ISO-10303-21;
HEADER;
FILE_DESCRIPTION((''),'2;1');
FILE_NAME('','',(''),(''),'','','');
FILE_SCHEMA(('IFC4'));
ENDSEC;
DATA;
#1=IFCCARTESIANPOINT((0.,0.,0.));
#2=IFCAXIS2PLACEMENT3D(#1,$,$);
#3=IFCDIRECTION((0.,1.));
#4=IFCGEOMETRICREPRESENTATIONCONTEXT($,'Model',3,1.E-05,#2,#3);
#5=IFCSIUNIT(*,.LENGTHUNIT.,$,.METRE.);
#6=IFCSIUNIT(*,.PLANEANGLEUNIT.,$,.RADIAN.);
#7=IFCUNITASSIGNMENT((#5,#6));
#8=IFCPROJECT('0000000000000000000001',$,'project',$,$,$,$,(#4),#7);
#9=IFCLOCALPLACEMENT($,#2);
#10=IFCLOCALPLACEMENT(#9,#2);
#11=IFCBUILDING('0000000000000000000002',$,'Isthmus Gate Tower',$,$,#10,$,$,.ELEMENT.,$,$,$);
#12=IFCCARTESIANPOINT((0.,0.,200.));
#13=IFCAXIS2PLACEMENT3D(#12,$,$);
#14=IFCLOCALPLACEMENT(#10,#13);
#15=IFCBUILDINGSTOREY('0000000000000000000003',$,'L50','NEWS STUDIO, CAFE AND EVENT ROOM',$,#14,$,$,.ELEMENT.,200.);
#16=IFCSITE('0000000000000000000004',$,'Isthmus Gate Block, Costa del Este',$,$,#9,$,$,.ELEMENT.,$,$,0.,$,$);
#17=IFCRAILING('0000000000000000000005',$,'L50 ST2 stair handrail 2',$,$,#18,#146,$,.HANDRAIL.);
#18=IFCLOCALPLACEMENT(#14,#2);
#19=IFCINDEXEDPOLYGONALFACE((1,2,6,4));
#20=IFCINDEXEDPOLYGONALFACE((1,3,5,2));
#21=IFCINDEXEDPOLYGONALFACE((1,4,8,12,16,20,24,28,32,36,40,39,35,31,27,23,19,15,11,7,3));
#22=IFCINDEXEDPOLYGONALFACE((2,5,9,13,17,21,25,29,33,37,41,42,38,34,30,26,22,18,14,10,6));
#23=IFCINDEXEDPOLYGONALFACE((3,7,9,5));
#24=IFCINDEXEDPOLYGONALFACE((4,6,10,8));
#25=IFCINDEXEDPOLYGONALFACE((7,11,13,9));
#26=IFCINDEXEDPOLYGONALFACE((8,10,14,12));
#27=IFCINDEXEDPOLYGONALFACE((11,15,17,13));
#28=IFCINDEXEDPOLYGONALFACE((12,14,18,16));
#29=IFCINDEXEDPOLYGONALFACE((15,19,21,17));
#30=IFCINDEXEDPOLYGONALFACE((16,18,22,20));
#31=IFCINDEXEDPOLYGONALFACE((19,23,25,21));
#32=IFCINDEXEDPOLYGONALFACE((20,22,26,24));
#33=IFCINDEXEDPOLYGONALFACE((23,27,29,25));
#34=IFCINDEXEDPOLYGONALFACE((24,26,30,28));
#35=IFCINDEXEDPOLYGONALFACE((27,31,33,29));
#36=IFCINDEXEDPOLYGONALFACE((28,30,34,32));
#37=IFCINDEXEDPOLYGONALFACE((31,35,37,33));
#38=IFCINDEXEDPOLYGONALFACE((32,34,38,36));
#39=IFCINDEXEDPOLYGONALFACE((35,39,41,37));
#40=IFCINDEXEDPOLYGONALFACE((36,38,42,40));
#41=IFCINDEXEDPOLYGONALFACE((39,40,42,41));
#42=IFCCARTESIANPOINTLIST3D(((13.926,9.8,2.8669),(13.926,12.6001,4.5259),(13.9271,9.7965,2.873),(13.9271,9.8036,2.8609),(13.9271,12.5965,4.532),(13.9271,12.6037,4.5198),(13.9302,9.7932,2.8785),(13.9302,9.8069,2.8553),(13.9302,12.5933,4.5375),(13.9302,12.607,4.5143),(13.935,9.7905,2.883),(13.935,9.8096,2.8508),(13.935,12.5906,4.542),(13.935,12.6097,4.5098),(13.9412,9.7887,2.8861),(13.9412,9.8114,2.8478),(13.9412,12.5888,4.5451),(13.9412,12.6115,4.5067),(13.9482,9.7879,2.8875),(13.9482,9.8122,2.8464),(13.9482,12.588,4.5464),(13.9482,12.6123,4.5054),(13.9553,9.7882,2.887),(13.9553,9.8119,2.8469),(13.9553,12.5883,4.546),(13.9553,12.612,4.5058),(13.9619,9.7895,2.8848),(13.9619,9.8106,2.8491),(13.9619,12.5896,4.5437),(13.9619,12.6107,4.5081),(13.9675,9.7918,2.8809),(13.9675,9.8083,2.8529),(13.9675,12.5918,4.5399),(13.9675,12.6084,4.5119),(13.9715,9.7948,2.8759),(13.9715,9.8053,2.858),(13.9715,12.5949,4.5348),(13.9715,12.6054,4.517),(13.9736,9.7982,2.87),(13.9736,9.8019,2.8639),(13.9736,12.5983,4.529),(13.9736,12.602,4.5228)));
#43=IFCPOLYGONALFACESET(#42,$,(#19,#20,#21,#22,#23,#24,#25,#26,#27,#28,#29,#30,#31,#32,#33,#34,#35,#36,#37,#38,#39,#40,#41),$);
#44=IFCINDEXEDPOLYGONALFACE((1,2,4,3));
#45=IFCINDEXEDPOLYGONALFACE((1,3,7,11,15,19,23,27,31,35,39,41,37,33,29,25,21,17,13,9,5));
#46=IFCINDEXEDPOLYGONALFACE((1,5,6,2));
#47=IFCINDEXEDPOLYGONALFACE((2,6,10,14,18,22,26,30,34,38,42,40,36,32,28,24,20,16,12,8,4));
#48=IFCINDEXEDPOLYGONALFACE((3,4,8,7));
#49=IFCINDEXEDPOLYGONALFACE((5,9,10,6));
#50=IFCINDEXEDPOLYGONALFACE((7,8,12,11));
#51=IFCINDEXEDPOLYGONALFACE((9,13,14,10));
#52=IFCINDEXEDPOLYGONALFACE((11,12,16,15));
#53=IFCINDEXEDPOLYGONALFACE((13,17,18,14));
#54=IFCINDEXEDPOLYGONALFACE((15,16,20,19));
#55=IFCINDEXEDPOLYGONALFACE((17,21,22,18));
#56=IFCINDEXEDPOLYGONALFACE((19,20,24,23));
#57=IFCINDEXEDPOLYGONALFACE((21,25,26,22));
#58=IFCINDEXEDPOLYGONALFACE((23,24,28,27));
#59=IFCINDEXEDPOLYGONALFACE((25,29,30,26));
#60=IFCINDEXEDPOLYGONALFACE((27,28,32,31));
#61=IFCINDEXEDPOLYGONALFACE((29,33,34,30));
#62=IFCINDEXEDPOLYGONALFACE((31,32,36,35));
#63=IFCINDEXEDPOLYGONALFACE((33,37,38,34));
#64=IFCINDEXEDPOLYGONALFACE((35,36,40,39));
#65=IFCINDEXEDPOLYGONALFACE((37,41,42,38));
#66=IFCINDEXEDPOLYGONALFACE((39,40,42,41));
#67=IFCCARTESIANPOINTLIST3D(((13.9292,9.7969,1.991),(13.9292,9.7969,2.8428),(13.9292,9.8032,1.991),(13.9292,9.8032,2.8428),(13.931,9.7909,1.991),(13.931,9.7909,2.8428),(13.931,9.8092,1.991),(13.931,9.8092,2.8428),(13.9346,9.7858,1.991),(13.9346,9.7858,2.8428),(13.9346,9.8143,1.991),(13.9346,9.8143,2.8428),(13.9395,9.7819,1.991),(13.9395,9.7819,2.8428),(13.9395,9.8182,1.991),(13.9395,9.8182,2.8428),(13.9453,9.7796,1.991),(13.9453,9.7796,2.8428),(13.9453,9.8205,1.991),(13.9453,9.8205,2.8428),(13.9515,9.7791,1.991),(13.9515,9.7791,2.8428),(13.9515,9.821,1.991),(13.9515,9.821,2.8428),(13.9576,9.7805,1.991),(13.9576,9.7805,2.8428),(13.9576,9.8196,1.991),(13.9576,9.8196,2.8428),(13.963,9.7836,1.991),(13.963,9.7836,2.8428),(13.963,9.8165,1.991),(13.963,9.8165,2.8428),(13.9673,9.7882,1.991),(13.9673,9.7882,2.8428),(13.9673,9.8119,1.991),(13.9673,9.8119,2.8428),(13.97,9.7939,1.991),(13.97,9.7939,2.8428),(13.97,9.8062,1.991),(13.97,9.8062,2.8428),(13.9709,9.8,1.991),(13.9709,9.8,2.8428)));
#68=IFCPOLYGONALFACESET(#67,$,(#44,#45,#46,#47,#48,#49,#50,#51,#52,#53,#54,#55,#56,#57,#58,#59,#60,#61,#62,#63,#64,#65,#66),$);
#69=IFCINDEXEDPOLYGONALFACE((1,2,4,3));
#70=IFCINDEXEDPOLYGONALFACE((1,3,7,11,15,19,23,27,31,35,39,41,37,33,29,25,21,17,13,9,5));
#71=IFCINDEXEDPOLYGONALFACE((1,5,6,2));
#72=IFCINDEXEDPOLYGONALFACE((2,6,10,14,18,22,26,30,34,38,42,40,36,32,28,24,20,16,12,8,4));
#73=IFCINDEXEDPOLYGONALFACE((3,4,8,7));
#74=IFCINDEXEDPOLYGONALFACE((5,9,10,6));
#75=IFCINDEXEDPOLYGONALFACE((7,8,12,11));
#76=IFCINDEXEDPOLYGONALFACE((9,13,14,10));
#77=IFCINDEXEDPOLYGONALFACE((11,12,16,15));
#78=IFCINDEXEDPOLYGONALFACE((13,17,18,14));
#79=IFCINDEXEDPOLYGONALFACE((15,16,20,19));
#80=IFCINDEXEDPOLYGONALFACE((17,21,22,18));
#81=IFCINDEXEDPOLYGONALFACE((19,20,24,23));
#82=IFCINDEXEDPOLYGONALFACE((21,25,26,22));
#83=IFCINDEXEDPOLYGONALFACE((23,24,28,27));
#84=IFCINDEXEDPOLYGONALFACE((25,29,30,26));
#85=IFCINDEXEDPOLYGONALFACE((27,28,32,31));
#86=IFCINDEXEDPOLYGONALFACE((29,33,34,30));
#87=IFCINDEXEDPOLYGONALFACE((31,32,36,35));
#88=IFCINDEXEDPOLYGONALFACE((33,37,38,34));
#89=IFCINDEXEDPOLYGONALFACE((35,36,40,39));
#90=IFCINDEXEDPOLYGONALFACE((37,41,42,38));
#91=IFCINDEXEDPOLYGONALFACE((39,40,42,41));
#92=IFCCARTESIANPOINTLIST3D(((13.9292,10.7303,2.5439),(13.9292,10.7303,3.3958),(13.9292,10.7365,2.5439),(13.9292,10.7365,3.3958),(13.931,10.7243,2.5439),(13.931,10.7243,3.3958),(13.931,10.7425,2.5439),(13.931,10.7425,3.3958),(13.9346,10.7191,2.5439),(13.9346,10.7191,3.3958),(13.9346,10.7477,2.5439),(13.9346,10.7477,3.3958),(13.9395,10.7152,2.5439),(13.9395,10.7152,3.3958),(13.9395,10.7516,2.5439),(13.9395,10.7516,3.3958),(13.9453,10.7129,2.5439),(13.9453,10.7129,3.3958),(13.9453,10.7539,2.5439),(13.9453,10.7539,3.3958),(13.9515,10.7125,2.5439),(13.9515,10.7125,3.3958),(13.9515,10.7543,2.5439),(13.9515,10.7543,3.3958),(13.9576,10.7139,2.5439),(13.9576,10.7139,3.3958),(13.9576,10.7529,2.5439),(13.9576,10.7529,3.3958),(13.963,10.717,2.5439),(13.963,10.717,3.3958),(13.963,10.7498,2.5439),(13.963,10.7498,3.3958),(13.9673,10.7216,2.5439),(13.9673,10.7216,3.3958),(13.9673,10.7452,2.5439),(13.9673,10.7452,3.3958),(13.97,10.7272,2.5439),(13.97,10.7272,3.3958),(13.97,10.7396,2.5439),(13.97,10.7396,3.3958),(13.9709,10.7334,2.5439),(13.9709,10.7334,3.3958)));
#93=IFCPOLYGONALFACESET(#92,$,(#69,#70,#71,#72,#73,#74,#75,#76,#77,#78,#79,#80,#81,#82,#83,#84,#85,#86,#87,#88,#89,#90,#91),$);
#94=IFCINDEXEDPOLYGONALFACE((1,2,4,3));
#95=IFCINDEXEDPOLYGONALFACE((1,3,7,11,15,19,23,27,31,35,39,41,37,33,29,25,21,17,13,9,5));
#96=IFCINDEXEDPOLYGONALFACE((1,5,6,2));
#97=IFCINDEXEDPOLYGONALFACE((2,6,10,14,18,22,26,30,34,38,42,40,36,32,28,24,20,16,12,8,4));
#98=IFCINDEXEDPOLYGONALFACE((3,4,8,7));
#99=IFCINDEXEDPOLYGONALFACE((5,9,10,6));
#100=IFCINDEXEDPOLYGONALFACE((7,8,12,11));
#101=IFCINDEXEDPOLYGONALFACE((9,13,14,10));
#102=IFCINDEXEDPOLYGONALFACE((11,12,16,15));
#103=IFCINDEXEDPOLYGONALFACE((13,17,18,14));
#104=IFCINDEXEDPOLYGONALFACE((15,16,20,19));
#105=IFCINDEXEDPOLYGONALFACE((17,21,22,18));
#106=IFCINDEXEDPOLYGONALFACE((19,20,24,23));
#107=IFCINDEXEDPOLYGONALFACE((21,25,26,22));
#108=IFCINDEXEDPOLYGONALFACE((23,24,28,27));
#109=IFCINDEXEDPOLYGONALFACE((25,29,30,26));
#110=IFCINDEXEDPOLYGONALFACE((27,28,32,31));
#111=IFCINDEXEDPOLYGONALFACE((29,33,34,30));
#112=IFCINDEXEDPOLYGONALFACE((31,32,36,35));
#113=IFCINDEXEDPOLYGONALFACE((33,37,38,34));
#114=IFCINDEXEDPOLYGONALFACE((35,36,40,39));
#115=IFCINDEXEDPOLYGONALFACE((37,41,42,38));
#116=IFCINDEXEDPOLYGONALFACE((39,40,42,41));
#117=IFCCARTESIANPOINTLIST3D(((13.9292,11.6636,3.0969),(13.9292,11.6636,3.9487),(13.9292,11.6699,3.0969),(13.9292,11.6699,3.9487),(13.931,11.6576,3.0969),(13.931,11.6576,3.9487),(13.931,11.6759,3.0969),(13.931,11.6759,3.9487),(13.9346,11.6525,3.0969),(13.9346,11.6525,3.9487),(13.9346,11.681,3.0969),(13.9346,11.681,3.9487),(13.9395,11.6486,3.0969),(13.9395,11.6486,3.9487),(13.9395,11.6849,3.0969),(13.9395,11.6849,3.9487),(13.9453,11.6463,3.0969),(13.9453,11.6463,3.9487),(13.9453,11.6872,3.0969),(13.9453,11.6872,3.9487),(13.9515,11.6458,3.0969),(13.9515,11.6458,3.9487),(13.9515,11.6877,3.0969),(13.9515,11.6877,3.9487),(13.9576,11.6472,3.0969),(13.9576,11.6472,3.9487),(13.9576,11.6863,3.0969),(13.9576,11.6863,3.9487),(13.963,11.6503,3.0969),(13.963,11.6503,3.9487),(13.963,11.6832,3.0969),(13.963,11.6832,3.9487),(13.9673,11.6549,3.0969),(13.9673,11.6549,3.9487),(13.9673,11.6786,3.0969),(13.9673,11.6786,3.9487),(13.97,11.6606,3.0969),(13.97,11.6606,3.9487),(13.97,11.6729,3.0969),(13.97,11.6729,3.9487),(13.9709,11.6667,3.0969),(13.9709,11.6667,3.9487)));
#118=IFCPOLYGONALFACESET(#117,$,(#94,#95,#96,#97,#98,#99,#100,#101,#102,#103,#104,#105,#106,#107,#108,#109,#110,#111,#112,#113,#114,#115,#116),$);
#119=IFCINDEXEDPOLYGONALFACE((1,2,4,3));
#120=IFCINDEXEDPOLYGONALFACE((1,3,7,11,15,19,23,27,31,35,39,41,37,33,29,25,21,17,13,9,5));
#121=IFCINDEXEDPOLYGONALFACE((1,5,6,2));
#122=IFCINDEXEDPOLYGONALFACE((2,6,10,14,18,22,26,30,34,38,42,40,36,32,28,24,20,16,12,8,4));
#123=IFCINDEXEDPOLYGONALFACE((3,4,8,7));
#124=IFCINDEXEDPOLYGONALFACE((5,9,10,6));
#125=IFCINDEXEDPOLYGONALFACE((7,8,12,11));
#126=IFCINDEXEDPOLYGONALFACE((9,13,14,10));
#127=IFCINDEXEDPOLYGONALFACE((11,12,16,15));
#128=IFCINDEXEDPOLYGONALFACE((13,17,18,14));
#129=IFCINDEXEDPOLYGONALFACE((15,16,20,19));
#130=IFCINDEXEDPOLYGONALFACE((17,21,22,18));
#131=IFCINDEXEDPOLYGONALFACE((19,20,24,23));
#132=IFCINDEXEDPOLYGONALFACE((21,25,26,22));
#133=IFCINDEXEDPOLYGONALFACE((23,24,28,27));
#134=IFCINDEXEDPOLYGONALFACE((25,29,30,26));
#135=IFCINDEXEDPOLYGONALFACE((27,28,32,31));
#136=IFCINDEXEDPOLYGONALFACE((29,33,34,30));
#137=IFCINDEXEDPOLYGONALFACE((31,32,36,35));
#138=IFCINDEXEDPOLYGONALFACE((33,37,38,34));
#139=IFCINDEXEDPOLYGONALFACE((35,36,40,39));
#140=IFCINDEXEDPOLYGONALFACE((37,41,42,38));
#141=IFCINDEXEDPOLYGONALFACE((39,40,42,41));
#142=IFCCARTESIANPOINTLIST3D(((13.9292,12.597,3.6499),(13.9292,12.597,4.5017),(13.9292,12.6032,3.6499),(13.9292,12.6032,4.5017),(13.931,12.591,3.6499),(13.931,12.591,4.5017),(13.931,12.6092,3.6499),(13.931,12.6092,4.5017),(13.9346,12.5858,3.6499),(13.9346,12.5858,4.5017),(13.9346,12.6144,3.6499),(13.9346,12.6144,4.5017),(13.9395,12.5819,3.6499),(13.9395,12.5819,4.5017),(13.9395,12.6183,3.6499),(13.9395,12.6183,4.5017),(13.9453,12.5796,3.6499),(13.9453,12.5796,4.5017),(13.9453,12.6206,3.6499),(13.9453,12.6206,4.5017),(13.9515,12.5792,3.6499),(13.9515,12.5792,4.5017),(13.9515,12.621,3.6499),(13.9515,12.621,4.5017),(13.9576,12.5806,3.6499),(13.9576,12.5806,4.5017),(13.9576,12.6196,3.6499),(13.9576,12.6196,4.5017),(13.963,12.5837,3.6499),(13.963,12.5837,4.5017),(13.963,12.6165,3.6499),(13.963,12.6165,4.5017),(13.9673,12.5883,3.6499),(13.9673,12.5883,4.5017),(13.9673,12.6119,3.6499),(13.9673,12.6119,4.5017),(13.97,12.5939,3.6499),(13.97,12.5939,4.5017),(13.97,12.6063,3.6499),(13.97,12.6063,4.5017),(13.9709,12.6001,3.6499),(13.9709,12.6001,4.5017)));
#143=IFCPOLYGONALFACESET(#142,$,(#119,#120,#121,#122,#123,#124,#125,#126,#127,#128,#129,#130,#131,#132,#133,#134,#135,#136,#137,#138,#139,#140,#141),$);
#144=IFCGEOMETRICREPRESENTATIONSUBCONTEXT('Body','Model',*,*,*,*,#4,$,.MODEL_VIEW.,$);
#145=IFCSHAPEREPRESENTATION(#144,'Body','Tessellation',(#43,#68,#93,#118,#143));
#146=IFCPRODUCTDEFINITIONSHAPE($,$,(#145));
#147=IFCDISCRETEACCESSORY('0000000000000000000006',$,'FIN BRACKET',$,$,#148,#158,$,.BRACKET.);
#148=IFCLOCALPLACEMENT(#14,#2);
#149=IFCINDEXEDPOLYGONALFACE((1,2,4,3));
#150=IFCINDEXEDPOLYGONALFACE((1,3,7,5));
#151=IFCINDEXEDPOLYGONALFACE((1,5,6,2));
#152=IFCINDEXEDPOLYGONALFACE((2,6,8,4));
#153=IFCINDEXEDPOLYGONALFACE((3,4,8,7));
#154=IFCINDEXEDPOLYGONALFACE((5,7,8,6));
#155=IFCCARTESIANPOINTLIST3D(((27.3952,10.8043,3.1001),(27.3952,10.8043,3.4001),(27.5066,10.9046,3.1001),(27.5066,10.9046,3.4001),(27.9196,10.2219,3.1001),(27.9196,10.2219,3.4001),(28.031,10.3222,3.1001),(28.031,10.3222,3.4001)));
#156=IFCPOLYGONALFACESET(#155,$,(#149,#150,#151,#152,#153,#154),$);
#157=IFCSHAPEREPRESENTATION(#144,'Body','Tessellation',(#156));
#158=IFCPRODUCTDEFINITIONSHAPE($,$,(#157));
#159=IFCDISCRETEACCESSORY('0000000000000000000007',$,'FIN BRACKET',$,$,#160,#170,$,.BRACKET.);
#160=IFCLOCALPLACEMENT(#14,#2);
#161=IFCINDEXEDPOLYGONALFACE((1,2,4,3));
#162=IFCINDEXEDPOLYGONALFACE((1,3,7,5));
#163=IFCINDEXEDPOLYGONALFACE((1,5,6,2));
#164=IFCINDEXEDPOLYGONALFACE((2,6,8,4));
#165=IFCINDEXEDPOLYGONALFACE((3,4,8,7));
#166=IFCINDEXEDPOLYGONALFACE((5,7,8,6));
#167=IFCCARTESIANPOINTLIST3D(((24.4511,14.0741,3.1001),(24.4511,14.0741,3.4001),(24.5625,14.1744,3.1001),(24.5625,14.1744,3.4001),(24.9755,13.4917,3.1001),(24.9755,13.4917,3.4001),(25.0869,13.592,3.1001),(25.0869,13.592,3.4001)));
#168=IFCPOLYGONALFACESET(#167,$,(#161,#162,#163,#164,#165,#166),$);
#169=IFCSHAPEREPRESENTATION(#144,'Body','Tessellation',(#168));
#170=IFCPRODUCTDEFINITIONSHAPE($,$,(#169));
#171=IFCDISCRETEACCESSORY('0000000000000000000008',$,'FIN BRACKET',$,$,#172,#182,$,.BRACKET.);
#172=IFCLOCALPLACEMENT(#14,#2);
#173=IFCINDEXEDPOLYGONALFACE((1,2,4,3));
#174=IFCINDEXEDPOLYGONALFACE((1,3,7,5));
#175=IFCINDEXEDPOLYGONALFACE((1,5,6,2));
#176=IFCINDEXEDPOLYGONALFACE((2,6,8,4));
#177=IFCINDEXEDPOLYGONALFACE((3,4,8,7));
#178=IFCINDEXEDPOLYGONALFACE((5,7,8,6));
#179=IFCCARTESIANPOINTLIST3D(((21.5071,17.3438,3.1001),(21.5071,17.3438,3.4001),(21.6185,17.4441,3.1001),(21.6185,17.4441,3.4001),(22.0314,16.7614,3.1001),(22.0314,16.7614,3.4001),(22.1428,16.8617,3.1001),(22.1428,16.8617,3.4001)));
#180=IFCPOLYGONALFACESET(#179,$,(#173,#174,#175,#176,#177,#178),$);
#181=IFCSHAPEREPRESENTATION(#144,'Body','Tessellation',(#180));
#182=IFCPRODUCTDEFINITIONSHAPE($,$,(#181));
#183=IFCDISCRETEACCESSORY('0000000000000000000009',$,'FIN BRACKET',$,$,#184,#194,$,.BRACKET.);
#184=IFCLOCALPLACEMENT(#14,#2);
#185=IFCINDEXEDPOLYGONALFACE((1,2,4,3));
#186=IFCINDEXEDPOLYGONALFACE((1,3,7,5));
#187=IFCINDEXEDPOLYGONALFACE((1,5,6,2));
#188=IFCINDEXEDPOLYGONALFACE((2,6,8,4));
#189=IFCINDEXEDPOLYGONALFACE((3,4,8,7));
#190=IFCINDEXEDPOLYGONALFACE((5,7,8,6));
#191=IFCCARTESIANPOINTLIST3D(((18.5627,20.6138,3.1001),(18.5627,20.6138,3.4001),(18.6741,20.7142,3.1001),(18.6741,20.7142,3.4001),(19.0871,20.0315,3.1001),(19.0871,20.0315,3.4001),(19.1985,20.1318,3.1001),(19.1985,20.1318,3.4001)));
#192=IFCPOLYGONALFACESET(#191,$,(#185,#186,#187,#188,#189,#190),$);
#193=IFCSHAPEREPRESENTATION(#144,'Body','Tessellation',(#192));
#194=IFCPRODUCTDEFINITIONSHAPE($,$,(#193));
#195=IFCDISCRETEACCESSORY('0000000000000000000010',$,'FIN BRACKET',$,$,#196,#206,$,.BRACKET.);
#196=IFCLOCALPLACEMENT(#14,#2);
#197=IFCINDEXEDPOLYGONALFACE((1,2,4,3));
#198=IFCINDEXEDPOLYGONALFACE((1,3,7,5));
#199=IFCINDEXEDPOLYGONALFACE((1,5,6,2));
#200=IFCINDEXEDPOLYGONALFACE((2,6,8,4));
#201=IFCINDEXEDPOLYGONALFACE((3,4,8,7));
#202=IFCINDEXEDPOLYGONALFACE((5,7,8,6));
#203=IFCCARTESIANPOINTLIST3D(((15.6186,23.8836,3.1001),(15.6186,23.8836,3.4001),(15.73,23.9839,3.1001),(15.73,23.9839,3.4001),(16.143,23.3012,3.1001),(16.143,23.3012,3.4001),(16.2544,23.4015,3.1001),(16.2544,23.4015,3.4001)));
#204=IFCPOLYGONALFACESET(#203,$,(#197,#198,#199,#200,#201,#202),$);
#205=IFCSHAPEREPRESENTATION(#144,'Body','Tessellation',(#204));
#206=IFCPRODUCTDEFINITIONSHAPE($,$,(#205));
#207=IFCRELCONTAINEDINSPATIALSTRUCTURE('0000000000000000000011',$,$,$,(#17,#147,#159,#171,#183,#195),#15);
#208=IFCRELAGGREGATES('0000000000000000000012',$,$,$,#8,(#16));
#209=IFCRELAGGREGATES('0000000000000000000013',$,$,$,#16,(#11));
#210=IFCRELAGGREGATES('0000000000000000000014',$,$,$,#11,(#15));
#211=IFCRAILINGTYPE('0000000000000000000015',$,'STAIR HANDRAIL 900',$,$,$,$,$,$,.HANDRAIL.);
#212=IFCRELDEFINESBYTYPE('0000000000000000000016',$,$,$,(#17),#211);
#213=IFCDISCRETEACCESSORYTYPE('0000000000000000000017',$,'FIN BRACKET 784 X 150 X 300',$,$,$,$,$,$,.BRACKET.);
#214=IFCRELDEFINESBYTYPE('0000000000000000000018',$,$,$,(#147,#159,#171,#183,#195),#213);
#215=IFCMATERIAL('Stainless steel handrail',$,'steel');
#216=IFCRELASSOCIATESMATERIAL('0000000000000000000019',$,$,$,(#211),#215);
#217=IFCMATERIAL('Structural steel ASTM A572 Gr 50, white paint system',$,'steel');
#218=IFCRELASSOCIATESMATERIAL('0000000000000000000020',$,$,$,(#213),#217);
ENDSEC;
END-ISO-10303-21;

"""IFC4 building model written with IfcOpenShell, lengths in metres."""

from ifc_helpers import new_model, si_unit, direction, frame, origin, origin_2d, place, context, subcontext, project, spatial, rectangle, circle, extrude, material, type_object, element, save


model = new_model("IFC4")

# Units and contexts
model_context = context("Model", 3, precision=1e-05, world=origin(), true_north=direction((0.0, 1.0)))
body_context = subcontext(model_context, "Body", "Model", "MODEL_VIEW")
ifc_project = project(units=[si_unit("LENGTHUNIT", "METRE"), si_unit("PLANEANGLEUNIT", "RADIAN")], contexts=[model_context])

# Site, building, storey
site_placement = place(None, origin())
site = spatial("IfcSite", under=ifc_project, at=site_placement, Name="Isthmus Gate Block, Costa del Este", CompositionType="ELEMENT", RefElevation=0.0)
building_placement = place(site_placement, origin())
building = spatial("IfcBuilding", under=site, at=building_placement, Name="Isthmus Gate Tower", CompositionType="ELEMENT")
storey_placement = place(building_placement, frame((0.0, 0.0, 200.0)))
storey = spatial("IfcBuildingStorey", under=building, at=storey_placement, Name="L50", Description="NEWS STUDIO, CAFE AND EVENT ROOM", CompositionType="ELEMENT", Elevation=200.0)

# Railing
ifc_material_1 = material(Name="Stainless steel handrail", Category="steel")
railing_type = type_object("IfcRailingType", Name="STAIR HANDRAIL 900", PredefinedType="HANDRAIL", material=ifc_material_1)
railing_placement = place(storey_placement, frame((13.95, 9.8, 1.991)))
element("IfcRailing", 1, at=railing_placement, inside=storey, type_object=railing_type, Name="L50 ST2 stair handrail 2", PredefinedType="HANDRAIL", context=body_context, shape_type="SweptSolid", body=[
    extrude(circle(Radius=0.0239, at=origin_2d()), frame((0.0, 0.0, 0.876), z_axis=(0.0, 0.860339, 0.509722), x_axis=(-1.0, 0.0, 0.0)), (0.0, 0.0, 1.0), 3.2546),
    extrude(circle(Radius=0.021, at=origin_2d()), origin(), (0.0, 0.0, 1.0), 0.8518),
    extrude(circle(Radius=0.021, at=origin_2d()), frame((0.0, 0.9333, 0.553)), (0.0, 0.0, 1.0), 0.8518),
    extrude(circle(Radius=0.021, at=origin_2d()), frame((0.0, 1.8667, 1.106)), (0.0, 0.0, 1.0), 0.8518),
    extrude(circle(Radius=0.021, at=origin_2d()), frame((0.0, 2.8, 1.6589)), (0.0, 0.0, 1.0), 0.8518),
])

# Discrete accessories
ifc_material_2 = material(Name="Structural steel ASTM A572 Gr 50, white paint system", Category="steel")
discrete_accessory_type = type_object("IfcDiscreteAccessoryType", Name="FIN BRACKET 784 X 150 X 300", PredefinedType="BRACKET", material=ifc_material_2)
for number, where, z_axis, x_axis, name in (
    (2, (27.7131, 10.5632, 3.1001), (0.0, 0.0, 1.0), (0.743145, 0.669131, 0.0), "FIN BRACKET"),
    (3, (24.769, 13.833, 3.1001), (0.0, 0.0, 1.0), (0.743145, 0.669131, 0.0), "FIN BRACKET"),
    (4, (21.825, 17.1028, 3.1001), (0.0, 0.0, 1.0), (0.743145, 0.669131, 0.0), "FIN BRACKET"),
    (5, (18.8806, 20.3728, 3.1001), (0.0, 0.0, 1.0), (0.743145, 0.669131, 0.0), "FIN BRACKET"),
    (6, (15.9365, 23.6426, 3.1001), (0.0, 0.0, 1.0), (0.743145, 0.669131, 0.0), "FIN BRACKET"),
):
    element("IfcDiscreteAccessory", number, at=place(storey_placement, frame(where, z_axis=z_axis, x_axis=x_axis)), inside=storey, type_object=discrete_accessory_type, Name=name, PredefinedType="BRACKET", context=body_context, shape_type="SweptSolid", body=[
        extrude(rectangle(XDim=0.1499, YDim=0.7837, at=origin_2d()), origin(), (0.0, 0.0, 1.0), 0.3),
    ])

save(model, "model.ifc")
